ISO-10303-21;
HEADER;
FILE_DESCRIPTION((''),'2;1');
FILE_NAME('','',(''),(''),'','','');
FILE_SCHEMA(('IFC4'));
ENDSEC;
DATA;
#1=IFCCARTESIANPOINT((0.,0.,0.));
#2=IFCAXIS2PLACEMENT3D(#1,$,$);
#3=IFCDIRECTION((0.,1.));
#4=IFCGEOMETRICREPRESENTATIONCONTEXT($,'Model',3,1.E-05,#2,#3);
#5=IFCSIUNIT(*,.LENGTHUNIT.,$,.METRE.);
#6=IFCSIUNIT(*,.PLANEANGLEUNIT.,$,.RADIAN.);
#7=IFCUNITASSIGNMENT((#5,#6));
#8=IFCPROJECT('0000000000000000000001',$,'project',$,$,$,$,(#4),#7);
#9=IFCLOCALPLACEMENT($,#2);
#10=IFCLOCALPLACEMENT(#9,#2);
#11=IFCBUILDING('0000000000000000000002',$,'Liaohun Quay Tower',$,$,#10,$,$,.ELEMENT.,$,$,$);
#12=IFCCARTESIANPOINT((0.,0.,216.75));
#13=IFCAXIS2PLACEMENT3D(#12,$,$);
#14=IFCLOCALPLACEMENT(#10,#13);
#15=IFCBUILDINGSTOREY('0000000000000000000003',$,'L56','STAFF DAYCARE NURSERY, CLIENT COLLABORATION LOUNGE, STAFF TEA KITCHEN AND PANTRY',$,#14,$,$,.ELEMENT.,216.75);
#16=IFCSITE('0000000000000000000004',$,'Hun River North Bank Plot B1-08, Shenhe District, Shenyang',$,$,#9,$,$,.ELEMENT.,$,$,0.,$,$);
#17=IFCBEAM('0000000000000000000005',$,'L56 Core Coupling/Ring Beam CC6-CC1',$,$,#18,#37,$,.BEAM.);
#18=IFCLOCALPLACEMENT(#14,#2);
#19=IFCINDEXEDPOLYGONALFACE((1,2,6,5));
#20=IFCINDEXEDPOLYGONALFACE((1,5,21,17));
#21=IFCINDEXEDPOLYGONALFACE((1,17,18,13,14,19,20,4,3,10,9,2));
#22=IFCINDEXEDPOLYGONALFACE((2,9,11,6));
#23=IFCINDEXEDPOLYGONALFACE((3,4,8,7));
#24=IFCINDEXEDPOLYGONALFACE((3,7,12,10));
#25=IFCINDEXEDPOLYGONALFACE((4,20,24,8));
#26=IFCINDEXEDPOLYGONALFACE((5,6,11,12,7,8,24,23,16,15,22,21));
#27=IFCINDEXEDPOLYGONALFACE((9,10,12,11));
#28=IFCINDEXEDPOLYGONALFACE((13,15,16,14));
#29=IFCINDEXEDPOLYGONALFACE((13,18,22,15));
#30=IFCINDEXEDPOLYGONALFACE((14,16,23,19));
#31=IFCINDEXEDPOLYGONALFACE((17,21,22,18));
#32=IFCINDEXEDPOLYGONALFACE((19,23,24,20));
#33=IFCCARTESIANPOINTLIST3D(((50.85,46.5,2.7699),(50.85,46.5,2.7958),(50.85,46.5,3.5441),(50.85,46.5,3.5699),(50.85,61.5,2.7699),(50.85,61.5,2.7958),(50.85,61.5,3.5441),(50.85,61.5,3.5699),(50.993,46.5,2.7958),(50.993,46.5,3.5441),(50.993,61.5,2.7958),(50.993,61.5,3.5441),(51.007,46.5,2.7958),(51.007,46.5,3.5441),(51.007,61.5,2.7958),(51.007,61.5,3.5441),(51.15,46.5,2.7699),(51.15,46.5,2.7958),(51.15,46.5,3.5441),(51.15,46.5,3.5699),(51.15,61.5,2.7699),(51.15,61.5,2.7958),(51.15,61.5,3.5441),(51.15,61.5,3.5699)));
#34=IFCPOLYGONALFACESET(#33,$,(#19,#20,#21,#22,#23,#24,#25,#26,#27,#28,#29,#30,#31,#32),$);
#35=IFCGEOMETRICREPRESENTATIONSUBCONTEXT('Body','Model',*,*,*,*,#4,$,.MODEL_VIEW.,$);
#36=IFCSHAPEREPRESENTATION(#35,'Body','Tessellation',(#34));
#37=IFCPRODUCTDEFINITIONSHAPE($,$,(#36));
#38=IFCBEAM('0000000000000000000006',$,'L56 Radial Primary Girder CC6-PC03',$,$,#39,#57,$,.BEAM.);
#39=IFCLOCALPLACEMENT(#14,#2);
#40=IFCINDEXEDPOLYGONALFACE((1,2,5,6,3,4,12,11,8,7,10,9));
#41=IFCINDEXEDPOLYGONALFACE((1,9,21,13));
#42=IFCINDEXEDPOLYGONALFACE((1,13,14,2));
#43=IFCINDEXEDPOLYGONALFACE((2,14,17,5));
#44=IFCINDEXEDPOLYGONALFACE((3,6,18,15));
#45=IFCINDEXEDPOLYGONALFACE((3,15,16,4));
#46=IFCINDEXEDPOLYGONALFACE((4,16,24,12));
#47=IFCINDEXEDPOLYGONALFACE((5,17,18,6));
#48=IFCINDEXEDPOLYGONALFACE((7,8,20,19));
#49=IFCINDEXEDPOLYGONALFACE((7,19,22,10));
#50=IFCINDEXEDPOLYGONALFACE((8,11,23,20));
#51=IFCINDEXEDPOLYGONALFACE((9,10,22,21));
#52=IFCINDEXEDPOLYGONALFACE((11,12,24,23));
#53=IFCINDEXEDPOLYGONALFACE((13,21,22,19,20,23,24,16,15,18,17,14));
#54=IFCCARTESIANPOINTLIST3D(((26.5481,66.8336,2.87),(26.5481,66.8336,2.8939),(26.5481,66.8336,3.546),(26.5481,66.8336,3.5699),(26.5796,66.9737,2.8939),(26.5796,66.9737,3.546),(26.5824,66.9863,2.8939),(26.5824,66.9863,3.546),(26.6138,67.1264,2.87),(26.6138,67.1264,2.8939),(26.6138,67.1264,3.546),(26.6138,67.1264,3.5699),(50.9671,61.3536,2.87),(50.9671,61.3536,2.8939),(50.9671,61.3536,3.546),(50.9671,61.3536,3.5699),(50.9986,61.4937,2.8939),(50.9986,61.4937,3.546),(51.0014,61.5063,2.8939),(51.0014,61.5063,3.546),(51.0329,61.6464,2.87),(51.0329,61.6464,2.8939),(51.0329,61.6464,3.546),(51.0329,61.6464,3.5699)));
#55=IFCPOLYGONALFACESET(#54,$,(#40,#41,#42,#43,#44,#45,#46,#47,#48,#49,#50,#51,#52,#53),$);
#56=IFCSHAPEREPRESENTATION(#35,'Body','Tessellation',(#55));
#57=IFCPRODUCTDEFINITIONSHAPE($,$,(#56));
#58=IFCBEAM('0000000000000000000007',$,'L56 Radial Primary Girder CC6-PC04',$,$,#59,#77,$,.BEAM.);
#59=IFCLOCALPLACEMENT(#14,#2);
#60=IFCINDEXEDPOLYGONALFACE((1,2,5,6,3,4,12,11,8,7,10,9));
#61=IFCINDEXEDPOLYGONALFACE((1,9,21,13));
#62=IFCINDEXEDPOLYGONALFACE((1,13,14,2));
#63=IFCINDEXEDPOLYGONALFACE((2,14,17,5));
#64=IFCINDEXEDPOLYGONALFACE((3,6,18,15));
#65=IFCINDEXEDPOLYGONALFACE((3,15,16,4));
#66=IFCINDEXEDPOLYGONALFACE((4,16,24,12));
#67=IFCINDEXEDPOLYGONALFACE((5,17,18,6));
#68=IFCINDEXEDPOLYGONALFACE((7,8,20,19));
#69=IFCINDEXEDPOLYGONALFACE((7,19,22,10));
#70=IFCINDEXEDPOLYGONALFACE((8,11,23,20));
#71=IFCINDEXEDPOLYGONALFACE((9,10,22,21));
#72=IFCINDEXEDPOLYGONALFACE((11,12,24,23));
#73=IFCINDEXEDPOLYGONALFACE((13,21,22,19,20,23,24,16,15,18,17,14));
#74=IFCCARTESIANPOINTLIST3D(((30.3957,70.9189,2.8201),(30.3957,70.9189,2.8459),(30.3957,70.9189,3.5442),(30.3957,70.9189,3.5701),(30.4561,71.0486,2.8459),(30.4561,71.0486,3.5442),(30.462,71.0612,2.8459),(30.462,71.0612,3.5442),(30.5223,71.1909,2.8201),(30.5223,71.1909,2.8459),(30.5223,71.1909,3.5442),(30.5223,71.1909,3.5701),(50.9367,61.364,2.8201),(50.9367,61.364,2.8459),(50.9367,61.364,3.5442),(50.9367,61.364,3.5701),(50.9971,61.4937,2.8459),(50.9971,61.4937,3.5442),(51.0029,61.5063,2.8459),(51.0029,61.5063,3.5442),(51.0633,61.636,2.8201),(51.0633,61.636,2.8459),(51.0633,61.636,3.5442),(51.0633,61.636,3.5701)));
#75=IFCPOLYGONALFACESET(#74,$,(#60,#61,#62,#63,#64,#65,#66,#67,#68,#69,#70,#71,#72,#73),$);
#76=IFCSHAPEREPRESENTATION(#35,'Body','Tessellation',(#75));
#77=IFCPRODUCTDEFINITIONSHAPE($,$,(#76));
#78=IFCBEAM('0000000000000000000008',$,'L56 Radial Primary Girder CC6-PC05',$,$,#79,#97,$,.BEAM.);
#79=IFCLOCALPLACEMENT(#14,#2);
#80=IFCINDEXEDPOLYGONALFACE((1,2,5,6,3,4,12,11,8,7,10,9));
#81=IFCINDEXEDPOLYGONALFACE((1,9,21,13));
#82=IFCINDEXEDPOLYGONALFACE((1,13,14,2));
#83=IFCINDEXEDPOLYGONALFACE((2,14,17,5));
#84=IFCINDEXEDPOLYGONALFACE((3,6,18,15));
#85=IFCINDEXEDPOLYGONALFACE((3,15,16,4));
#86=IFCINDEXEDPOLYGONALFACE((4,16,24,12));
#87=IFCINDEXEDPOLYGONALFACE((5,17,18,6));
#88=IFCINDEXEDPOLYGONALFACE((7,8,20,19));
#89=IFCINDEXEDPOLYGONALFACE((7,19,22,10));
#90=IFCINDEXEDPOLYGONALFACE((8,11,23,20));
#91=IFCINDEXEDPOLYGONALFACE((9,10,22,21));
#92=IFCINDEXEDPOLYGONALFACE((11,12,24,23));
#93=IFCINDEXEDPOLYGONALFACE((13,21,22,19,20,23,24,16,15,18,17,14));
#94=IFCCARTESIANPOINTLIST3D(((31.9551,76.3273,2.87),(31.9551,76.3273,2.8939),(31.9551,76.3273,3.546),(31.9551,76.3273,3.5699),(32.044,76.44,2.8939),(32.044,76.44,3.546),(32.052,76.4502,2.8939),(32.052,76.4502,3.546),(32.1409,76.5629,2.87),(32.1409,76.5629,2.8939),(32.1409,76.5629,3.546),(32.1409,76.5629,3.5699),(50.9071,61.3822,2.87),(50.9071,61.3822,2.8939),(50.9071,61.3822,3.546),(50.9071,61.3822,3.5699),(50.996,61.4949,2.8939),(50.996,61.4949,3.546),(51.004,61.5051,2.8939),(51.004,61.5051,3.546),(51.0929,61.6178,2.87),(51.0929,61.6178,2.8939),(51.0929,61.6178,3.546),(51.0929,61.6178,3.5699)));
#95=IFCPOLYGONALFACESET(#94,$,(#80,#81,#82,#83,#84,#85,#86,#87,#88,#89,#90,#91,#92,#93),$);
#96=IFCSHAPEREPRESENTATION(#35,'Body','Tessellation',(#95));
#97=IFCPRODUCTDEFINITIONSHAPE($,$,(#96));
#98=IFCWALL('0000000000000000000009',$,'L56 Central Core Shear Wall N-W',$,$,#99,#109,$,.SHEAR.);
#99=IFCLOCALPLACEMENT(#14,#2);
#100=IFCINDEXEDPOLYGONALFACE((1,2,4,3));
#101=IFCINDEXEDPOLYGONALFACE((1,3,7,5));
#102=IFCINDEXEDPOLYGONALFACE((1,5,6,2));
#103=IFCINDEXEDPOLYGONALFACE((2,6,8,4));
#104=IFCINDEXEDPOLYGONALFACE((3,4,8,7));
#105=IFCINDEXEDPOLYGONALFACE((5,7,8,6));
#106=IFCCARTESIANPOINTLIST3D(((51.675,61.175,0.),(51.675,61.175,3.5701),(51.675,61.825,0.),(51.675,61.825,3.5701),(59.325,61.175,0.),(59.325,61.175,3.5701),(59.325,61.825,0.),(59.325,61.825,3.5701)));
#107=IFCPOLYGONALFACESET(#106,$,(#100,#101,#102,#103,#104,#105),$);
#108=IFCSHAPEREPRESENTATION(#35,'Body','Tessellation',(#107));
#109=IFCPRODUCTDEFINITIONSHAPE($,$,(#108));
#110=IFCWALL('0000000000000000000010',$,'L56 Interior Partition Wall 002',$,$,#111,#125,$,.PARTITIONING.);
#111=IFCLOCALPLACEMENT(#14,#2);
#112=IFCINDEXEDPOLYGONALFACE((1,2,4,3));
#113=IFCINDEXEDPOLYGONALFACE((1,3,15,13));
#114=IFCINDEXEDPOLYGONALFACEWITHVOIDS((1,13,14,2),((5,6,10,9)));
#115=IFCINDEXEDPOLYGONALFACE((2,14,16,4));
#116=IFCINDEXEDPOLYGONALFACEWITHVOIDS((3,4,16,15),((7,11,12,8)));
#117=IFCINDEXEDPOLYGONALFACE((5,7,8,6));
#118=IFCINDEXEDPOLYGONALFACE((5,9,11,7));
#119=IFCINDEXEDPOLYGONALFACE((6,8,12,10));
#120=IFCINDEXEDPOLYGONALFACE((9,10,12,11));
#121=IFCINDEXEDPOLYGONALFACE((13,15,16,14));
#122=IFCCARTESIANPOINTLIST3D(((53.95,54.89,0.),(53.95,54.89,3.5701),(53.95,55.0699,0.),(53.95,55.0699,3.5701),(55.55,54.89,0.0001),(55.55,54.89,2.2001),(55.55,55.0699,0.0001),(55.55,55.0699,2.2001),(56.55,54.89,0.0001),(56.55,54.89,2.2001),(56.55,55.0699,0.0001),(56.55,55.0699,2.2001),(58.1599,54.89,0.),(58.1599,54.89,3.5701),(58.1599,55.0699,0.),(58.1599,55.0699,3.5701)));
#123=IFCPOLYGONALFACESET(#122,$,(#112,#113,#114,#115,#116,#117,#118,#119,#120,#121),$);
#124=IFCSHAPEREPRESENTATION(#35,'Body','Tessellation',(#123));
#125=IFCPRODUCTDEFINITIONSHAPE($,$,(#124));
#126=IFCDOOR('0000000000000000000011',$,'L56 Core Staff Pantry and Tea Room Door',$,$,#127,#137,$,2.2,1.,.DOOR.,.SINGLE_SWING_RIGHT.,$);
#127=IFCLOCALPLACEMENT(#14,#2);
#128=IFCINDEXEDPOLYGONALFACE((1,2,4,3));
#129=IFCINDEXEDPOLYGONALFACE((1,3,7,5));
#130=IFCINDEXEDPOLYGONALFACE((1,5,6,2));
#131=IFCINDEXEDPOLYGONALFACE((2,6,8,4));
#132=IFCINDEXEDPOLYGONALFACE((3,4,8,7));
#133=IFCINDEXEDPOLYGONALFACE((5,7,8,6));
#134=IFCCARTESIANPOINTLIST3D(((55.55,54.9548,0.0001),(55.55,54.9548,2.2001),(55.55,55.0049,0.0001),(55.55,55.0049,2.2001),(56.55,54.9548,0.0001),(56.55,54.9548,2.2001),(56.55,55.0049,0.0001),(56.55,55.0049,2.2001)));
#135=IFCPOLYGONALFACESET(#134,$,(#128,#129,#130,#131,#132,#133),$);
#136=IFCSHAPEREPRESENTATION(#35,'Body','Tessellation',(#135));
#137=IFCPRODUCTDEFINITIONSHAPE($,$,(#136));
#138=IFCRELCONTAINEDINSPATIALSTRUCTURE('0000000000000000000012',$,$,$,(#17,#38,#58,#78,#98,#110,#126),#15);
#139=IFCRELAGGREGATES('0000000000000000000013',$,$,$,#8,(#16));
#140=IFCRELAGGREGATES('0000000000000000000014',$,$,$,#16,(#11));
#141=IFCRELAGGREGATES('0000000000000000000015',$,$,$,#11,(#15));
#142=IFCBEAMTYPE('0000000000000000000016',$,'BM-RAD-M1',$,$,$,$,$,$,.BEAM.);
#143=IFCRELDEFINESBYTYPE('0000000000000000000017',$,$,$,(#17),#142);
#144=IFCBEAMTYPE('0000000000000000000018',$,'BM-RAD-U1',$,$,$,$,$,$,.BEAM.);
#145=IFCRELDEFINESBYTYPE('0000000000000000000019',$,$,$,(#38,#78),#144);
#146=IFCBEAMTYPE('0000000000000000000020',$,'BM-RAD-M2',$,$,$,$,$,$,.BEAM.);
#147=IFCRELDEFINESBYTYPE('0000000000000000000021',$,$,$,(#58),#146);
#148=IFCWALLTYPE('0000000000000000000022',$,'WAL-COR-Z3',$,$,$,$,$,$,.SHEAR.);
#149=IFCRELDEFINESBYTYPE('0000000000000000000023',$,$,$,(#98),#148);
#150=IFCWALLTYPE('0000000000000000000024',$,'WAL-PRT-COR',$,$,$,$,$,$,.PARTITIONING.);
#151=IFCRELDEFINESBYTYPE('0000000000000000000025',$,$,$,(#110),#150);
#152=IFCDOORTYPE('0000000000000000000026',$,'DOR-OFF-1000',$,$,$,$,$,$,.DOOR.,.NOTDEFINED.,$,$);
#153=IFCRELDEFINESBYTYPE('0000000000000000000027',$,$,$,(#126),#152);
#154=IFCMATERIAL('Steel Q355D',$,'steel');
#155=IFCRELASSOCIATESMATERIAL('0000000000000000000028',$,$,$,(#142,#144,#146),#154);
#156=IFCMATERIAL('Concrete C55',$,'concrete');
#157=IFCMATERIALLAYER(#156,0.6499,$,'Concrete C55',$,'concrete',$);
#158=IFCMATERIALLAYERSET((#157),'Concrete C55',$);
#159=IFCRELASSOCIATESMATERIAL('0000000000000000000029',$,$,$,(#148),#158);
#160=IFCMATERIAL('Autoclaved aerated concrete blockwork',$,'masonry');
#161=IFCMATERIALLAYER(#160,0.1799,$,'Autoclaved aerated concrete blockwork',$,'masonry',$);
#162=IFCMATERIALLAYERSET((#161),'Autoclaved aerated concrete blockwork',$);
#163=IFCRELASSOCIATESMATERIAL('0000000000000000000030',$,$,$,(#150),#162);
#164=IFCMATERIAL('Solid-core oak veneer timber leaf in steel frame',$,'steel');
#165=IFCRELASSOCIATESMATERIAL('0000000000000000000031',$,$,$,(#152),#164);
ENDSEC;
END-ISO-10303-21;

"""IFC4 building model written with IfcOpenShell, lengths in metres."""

from ifc_helpers import new_model, si_unit, direction, frame, frame_2d, origin, origin_2d, place, context, subcontext, project, spatial, rectangle, i_section, extrude, source, transform, mapped, material, layer, layer_set, material_profile, profile_set, type_object, element, fill, save


model = new_model("IFC4")

# Units and contexts
model_context = context("Model", 3, precision=1e-05, world=origin(), true_north=direction((0.0, 1.0)))
body_context = subcontext(model_context, "Body", "Model", "MODEL_VIEW")
ifc_project = project(units=[si_unit("LENGTHUNIT", "METRE"), si_unit("PLANEANGLEUNIT", "RADIAN")], contexts=[model_context])

# Site, building, storey
site_placement = place(None, origin())
site = spatial("IfcSite", under=ifc_project, at=site_placement, Name="Hun River North Bank Plot B1-08, Shenhe District, Shenyang", CompositionType="ELEMENT", RefElevation=0.0)
building_placement = place(site_placement, origin())
building = spatial("IfcBuilding", under=site, at=building_placement, Name="Liaohun Quay Tower", CompositionType="ELEMENT")
storey_placement = place(building_placement, frame((0.0, 0.0, 216.75)))
storey = spatial("IfcBuildingStorey", under=building, at=storey_placement, Name="L56", Description="STAFF DAYCARE NURSERY, CLIENT COLLABORATION LOUNGE, STAFF TEA KITCHEN AND PANTRY", CompositionType="ELEMENT", Elevation=216.75)

# Beams
ifc_material_1 = material(Name="Steel Q355D", Category="steel")
ifc_material_profile_1 = material_profile(ifc_material_1, i_section(OverallWidth=0.3, OverallDepth=0.8, WebThickness=0.0139, FlangeThickness=0.0259, at=origin_2d()), Name="HN800x300x14x26")
ifc_profile_set_1 = profile_set([ifc_material_profile_1], Name="Steel Q355D")
beam_type_1 = type_object("IfcBeamType", Name="BM-RAD-M1", PredefinedType="BEAM", material=ifc_profile_set_1)
shared_shape_1 = source(origin(), body_context, "Body", "SweptSolid", [
    extrude(i_section(OverallWidth=0.3, OverallDepth=0.8, WebThickness=0.0139, FlangeThickness=0.0259, at=origin_2d()), origin(), (0.0, 0.0, 1.0), 15.0),
])
beam_1_placement = place(storey_placement, frame((51.0, 61.5, 3.1699), z_axis=(0.0, -1.0, 0.0), x_axis=(1.0, 0.0, 0.0)))
element("IfcBeam", 1, at=beam_1_placement, inside=storey, type_object=beam_type_1, Name="L56 Core Coupling/Ring Beam CC6-CC1", PredefinedType="BEAM", context=body_context, shape_type="MappedRepresentation", body=[
    mapped(shared_shape_1, transform((0.0, 0.0, 0.0), x_axis=(1.0, 0.0, 0.0), y_axis=(0.0, 1.0, 0.0), z_axis=(0.0, 0.0, 1.0), scale=1.0)),
])
ifc_material_profile_2 = material_profile(ifc_material_1, i_section(OverallWidth=0.3, OverallDepth=0.7, WebThickness=0.0129, FlangeThickness=0.0239, at=origin_2d()), Name="HN700x300x13x24")
ifc_profile_set_2 = profile_set([ifc_material_profile_2], Name="Steel Q355D")
beam_type_2 = type_object("IfcBeamType", Name="BM-RAD-U1", PredefinedType="BEAM", material=ifc_profile_set_2)
shared_shape_2 = source(origin(), body_context, "Body", "SweptSolid", [
    extrude(i_section(OverallWidth=0.3, OverallDepth=0.7, WebThickness=0.0129, FlangeThickness=0.0239, at=origin_2d()), origin(), (0.0, 0.0, 1.0), 25.0264),
])
beam_2_placement = place(storey_placement, frame((51.0, 61.5, 3.22), z_axis=(-0.975732, 0.218969, 0.0), x_axis=(-0.218969, -0.975732, 0.0)))
element("IfcBeam", 2, at=beam_2_placement, inside=storey, type_object=beam_type_2, Name="L56 Radial Primary Girder CC6-PC03", PredefinedType="BEAM", context=body_context, shape_type="MappedRepresentation", body=[
    mapped(shared_shape_2, transform((0.0, 0.0, 0.0), x_axis=(1.0, 0.0, 0.0), y_axis=(0.0, 1.0, 0.0), z_axis=(0.0, 0.0, 1.0), scale=1.0)),
])
ifc_material_profile_3 = material_profile(ifc_material_1, i_section(OverallWidth=0.3, OverallDepth=0.75, WebThickness=0.0139, FlangeThickness=0.0259, at=origin_2d()), Name="HN750x300x14x26")
ifc_profile_set_3 = profile_set([ifc_material_profile_3], Name="Steel Q355D")
beam_type_3 = type_object("IfcBeamType", Name="BM-RAD-M2", PredefinedType="BEAM", material=ifc_profile_set_3)
shared_shape_3 = source(origin(), body_context, "Body", "SweptSolid", [
    extrude(i_section(OverallWidth=0.3, OverallDepth=0.75, WebThickness=0.0139, FlangeThickness=0.0259, at=origin_2d()), origin(), (0.0, 0.0, 1.0), 22.6545),
])
beam_3_placement = place(storey_placement, frame((51.0, 61.5, 3.1951), z_axis=(-0.906705, 0.421766, 0.0), x_axis=(-0.421766, -0.906705, 0.0)))
element("IfcBeam", 3, at=beam_3_placement, inside=storey, type_object=beam_type_3, Name="L56 Radial Primary Girder CC6-PC04", PredefinedType="BEAM", context=body_context, shape_type="MappedRepresentation", body=[
    mapped(shared_shape_3, transform((0.0, 0.0, 0.0), x_axis=(1.0, 0.0, 0.0), y_axis=(0.0, 1.0, 0.0), z_axis=(0.0, 0.0, 1.0), scale=1.0)),
])
shared_shape_4 = source(origin(), body_context, "Body", "SweptSolid", [
    extrude(i_section(OverallWidth=0.3, OverallDepth=0.7, WebThickness=0.0129, FlangeThickness=0.0239, at=origin_2d()), origin(), (0.0, 0.0, 1.0), 24.1357),
])
beam_4_placement = place(storey_placement, frame((51.0, 61.5, 3.22), z_axis=(-0.785224, 0.619211, 0.0), x_axis=(-0.619211, -0.785224, 0.0)))
element("IfcBeam", 4, at=beam_4_placement, inside=storey, type_object=beam_type_2, Name="L56 Radial Primary Girder CC6-PC05", PredefinedType="BEAM", context=body_context, shape_type="MappedRepresentation", body=[
    mapped(shared_shape_4, transform((0.0, 0.0, 0.0), x_axis=(1.0, 0.0, 0.0), y_axis=(0.0, 1.0, 0.0), z_axis=(0.0, 0.0, 1.0), scale=1.0)),
])

# Wall
ifc_material_2 = material(Name="Concrete C55", Category="concrete")
ifc_layer_1 = layer(ifc_material_2, 0.6499, Name="Concrete C55", Category="concrete")
ifc_layer_set_1 = layer_set([ifc_layer_1], Name="Concrete C55")
wall_type_1 = type_object("IfcWallType", Name="WAL-COR-Z3", PredefinedType="SHEAR", material=ifc_layer_set_1)
wall_1_placement = place(storey_placement, frame((51.675, 61.5, 0.0), z_axis=(0.0, 0.0, 1.0), x_axis=(1.0, 0.0, 0.0)))
element("IfcWall", 5, at=wall_1_placement, inside=storey, type_object=wall_type_1, Name="L56 Central Core Shear Wall N-W", PredefinedType="SHEAR", context=body_context, shape_type="SweptSolid", body=[
    extrude(rectangle(XDim=7.6499, YDim=0.6499, at=frame_2d((3.825, 0.0))), origin(), (0.0, 0.0, 1.0), 3.5701),
])

# Wall, opening, door
ifc_material_3 = material(Name="Autoclaved aerated concrete blockwork", Category="masonry")
ifc_layer_2 = layer(ifc_material_3, 0.1799, Name="Autoclaved aerated concrete blockwork", Category="masonry")
ifc_layer_set_2 = layer_set([ifc_layer_2], Name="Autoclaved aerated concrete blockwork")
wall_type_2 = type_object("IfcWallType", Name="WAL-PRT-COR", PredefinedType="PARTITIONING", material=ifc_layer_set_2)
wall_2_placement = place(storey_placement, frame((53.95, 54.98, 0.0), z_axis=(0.0, 0.0, 1.0), x_axis=(1.0, 0.0, 0.0)))
wall_2 = element("IfcWall", 6, at=wall_2_placement, inside=storey, type_object=wall_type_2, Name="L56 Interior Partition Wall 002", PredefinedType="PARTITIONING", context=body_context, shape_type="SweptSolid", body=[
    extrude(rectangle(XDim=4.21, YDim=0.1799, at=frame_2d((2.105, 0.0))), origin(), (0.0, 0.0, 1.0), 3.5701),
])
shared_shape_5 = source(origin(), body_context, "Body", "SweptSolid", [
    extrude(rectangle(XDim=1.0, YDim=2.2, at=frame_2d((0.5, 1.1001))), frame((0.0, 0.0999, 0.0), z_axis=(0.0, -1.0, 0.0), x_axis=(1.0, 0.0, 0.0)), (0.0, 0.0, 1.0), 0.2),
])
opening_1_placement = place(wall_2_placement, frame((1.6001, 0.0, 0.0)))
opening_1 = element("IfcOpeningElement", 7, at=opening_1_placement, cuts=wall_2, PredefinedType="OPENING", context=body_context, shape_type="MappedRepresentation", body=[
    mapped(shared_shape_5, transform((0.0, 0.0, 0.0), x_axis=(1.0, 0.0, 0.0), y_axis=(0.0, 1.0, 0.0), z_axis=(0.0, 0.0, 1.0), scale=1.0)),
])
ifc_material_4 = material(Name="Solid-core oak veneer timber leaf in steel frame", Category="steel")
door_type_1 = type_object("IfcDoorType", Name="DOR-OFF-1000", OperationType="NOTDEFINED", PredefinedType="DOOR", material=ifc_material_4)
shared_shape_6 = source(origin(), body_context, "Body", "SweptSolid", [
    extrude(rectangle(XDim=1.0, YDim=2.2, at=frame_2d((0.5, 1.1001))), frame((0.0, 0.0249, 0.0), z_axis=(0.0, -1.0, 0.0), x_axis=(1.0, 0.0, 0.0)), (0.0, 0.0, 1.0), 0.05),
])
door_1_placement = place(opening_1_placement, origin())
door_1 = element("IfcDoor", 8, at=door_1_placement, inside=storey, type_object=door_type_1, Name="L56 Core Staff Pantry and Tea Room Door", OperationType="SINGLE_SWING_RIGHT", OverallHeight=2.2, OverallWidth=1.0, PredefinedType="DOOR", context=body_context, shape_type="MappedRepresentation", body=[
    mapped(shared_shape_6, transform((0.0, 0.0, 0.0), x_axis=(1.0, 0.0, 0.0), y_axis=(0.0, 1.0, 0.0), z_axis=(0.0, 0.0, 1.0), scale=1.0)),
])
fill(opening_1, door_1)

save(model, "model.ifc")
